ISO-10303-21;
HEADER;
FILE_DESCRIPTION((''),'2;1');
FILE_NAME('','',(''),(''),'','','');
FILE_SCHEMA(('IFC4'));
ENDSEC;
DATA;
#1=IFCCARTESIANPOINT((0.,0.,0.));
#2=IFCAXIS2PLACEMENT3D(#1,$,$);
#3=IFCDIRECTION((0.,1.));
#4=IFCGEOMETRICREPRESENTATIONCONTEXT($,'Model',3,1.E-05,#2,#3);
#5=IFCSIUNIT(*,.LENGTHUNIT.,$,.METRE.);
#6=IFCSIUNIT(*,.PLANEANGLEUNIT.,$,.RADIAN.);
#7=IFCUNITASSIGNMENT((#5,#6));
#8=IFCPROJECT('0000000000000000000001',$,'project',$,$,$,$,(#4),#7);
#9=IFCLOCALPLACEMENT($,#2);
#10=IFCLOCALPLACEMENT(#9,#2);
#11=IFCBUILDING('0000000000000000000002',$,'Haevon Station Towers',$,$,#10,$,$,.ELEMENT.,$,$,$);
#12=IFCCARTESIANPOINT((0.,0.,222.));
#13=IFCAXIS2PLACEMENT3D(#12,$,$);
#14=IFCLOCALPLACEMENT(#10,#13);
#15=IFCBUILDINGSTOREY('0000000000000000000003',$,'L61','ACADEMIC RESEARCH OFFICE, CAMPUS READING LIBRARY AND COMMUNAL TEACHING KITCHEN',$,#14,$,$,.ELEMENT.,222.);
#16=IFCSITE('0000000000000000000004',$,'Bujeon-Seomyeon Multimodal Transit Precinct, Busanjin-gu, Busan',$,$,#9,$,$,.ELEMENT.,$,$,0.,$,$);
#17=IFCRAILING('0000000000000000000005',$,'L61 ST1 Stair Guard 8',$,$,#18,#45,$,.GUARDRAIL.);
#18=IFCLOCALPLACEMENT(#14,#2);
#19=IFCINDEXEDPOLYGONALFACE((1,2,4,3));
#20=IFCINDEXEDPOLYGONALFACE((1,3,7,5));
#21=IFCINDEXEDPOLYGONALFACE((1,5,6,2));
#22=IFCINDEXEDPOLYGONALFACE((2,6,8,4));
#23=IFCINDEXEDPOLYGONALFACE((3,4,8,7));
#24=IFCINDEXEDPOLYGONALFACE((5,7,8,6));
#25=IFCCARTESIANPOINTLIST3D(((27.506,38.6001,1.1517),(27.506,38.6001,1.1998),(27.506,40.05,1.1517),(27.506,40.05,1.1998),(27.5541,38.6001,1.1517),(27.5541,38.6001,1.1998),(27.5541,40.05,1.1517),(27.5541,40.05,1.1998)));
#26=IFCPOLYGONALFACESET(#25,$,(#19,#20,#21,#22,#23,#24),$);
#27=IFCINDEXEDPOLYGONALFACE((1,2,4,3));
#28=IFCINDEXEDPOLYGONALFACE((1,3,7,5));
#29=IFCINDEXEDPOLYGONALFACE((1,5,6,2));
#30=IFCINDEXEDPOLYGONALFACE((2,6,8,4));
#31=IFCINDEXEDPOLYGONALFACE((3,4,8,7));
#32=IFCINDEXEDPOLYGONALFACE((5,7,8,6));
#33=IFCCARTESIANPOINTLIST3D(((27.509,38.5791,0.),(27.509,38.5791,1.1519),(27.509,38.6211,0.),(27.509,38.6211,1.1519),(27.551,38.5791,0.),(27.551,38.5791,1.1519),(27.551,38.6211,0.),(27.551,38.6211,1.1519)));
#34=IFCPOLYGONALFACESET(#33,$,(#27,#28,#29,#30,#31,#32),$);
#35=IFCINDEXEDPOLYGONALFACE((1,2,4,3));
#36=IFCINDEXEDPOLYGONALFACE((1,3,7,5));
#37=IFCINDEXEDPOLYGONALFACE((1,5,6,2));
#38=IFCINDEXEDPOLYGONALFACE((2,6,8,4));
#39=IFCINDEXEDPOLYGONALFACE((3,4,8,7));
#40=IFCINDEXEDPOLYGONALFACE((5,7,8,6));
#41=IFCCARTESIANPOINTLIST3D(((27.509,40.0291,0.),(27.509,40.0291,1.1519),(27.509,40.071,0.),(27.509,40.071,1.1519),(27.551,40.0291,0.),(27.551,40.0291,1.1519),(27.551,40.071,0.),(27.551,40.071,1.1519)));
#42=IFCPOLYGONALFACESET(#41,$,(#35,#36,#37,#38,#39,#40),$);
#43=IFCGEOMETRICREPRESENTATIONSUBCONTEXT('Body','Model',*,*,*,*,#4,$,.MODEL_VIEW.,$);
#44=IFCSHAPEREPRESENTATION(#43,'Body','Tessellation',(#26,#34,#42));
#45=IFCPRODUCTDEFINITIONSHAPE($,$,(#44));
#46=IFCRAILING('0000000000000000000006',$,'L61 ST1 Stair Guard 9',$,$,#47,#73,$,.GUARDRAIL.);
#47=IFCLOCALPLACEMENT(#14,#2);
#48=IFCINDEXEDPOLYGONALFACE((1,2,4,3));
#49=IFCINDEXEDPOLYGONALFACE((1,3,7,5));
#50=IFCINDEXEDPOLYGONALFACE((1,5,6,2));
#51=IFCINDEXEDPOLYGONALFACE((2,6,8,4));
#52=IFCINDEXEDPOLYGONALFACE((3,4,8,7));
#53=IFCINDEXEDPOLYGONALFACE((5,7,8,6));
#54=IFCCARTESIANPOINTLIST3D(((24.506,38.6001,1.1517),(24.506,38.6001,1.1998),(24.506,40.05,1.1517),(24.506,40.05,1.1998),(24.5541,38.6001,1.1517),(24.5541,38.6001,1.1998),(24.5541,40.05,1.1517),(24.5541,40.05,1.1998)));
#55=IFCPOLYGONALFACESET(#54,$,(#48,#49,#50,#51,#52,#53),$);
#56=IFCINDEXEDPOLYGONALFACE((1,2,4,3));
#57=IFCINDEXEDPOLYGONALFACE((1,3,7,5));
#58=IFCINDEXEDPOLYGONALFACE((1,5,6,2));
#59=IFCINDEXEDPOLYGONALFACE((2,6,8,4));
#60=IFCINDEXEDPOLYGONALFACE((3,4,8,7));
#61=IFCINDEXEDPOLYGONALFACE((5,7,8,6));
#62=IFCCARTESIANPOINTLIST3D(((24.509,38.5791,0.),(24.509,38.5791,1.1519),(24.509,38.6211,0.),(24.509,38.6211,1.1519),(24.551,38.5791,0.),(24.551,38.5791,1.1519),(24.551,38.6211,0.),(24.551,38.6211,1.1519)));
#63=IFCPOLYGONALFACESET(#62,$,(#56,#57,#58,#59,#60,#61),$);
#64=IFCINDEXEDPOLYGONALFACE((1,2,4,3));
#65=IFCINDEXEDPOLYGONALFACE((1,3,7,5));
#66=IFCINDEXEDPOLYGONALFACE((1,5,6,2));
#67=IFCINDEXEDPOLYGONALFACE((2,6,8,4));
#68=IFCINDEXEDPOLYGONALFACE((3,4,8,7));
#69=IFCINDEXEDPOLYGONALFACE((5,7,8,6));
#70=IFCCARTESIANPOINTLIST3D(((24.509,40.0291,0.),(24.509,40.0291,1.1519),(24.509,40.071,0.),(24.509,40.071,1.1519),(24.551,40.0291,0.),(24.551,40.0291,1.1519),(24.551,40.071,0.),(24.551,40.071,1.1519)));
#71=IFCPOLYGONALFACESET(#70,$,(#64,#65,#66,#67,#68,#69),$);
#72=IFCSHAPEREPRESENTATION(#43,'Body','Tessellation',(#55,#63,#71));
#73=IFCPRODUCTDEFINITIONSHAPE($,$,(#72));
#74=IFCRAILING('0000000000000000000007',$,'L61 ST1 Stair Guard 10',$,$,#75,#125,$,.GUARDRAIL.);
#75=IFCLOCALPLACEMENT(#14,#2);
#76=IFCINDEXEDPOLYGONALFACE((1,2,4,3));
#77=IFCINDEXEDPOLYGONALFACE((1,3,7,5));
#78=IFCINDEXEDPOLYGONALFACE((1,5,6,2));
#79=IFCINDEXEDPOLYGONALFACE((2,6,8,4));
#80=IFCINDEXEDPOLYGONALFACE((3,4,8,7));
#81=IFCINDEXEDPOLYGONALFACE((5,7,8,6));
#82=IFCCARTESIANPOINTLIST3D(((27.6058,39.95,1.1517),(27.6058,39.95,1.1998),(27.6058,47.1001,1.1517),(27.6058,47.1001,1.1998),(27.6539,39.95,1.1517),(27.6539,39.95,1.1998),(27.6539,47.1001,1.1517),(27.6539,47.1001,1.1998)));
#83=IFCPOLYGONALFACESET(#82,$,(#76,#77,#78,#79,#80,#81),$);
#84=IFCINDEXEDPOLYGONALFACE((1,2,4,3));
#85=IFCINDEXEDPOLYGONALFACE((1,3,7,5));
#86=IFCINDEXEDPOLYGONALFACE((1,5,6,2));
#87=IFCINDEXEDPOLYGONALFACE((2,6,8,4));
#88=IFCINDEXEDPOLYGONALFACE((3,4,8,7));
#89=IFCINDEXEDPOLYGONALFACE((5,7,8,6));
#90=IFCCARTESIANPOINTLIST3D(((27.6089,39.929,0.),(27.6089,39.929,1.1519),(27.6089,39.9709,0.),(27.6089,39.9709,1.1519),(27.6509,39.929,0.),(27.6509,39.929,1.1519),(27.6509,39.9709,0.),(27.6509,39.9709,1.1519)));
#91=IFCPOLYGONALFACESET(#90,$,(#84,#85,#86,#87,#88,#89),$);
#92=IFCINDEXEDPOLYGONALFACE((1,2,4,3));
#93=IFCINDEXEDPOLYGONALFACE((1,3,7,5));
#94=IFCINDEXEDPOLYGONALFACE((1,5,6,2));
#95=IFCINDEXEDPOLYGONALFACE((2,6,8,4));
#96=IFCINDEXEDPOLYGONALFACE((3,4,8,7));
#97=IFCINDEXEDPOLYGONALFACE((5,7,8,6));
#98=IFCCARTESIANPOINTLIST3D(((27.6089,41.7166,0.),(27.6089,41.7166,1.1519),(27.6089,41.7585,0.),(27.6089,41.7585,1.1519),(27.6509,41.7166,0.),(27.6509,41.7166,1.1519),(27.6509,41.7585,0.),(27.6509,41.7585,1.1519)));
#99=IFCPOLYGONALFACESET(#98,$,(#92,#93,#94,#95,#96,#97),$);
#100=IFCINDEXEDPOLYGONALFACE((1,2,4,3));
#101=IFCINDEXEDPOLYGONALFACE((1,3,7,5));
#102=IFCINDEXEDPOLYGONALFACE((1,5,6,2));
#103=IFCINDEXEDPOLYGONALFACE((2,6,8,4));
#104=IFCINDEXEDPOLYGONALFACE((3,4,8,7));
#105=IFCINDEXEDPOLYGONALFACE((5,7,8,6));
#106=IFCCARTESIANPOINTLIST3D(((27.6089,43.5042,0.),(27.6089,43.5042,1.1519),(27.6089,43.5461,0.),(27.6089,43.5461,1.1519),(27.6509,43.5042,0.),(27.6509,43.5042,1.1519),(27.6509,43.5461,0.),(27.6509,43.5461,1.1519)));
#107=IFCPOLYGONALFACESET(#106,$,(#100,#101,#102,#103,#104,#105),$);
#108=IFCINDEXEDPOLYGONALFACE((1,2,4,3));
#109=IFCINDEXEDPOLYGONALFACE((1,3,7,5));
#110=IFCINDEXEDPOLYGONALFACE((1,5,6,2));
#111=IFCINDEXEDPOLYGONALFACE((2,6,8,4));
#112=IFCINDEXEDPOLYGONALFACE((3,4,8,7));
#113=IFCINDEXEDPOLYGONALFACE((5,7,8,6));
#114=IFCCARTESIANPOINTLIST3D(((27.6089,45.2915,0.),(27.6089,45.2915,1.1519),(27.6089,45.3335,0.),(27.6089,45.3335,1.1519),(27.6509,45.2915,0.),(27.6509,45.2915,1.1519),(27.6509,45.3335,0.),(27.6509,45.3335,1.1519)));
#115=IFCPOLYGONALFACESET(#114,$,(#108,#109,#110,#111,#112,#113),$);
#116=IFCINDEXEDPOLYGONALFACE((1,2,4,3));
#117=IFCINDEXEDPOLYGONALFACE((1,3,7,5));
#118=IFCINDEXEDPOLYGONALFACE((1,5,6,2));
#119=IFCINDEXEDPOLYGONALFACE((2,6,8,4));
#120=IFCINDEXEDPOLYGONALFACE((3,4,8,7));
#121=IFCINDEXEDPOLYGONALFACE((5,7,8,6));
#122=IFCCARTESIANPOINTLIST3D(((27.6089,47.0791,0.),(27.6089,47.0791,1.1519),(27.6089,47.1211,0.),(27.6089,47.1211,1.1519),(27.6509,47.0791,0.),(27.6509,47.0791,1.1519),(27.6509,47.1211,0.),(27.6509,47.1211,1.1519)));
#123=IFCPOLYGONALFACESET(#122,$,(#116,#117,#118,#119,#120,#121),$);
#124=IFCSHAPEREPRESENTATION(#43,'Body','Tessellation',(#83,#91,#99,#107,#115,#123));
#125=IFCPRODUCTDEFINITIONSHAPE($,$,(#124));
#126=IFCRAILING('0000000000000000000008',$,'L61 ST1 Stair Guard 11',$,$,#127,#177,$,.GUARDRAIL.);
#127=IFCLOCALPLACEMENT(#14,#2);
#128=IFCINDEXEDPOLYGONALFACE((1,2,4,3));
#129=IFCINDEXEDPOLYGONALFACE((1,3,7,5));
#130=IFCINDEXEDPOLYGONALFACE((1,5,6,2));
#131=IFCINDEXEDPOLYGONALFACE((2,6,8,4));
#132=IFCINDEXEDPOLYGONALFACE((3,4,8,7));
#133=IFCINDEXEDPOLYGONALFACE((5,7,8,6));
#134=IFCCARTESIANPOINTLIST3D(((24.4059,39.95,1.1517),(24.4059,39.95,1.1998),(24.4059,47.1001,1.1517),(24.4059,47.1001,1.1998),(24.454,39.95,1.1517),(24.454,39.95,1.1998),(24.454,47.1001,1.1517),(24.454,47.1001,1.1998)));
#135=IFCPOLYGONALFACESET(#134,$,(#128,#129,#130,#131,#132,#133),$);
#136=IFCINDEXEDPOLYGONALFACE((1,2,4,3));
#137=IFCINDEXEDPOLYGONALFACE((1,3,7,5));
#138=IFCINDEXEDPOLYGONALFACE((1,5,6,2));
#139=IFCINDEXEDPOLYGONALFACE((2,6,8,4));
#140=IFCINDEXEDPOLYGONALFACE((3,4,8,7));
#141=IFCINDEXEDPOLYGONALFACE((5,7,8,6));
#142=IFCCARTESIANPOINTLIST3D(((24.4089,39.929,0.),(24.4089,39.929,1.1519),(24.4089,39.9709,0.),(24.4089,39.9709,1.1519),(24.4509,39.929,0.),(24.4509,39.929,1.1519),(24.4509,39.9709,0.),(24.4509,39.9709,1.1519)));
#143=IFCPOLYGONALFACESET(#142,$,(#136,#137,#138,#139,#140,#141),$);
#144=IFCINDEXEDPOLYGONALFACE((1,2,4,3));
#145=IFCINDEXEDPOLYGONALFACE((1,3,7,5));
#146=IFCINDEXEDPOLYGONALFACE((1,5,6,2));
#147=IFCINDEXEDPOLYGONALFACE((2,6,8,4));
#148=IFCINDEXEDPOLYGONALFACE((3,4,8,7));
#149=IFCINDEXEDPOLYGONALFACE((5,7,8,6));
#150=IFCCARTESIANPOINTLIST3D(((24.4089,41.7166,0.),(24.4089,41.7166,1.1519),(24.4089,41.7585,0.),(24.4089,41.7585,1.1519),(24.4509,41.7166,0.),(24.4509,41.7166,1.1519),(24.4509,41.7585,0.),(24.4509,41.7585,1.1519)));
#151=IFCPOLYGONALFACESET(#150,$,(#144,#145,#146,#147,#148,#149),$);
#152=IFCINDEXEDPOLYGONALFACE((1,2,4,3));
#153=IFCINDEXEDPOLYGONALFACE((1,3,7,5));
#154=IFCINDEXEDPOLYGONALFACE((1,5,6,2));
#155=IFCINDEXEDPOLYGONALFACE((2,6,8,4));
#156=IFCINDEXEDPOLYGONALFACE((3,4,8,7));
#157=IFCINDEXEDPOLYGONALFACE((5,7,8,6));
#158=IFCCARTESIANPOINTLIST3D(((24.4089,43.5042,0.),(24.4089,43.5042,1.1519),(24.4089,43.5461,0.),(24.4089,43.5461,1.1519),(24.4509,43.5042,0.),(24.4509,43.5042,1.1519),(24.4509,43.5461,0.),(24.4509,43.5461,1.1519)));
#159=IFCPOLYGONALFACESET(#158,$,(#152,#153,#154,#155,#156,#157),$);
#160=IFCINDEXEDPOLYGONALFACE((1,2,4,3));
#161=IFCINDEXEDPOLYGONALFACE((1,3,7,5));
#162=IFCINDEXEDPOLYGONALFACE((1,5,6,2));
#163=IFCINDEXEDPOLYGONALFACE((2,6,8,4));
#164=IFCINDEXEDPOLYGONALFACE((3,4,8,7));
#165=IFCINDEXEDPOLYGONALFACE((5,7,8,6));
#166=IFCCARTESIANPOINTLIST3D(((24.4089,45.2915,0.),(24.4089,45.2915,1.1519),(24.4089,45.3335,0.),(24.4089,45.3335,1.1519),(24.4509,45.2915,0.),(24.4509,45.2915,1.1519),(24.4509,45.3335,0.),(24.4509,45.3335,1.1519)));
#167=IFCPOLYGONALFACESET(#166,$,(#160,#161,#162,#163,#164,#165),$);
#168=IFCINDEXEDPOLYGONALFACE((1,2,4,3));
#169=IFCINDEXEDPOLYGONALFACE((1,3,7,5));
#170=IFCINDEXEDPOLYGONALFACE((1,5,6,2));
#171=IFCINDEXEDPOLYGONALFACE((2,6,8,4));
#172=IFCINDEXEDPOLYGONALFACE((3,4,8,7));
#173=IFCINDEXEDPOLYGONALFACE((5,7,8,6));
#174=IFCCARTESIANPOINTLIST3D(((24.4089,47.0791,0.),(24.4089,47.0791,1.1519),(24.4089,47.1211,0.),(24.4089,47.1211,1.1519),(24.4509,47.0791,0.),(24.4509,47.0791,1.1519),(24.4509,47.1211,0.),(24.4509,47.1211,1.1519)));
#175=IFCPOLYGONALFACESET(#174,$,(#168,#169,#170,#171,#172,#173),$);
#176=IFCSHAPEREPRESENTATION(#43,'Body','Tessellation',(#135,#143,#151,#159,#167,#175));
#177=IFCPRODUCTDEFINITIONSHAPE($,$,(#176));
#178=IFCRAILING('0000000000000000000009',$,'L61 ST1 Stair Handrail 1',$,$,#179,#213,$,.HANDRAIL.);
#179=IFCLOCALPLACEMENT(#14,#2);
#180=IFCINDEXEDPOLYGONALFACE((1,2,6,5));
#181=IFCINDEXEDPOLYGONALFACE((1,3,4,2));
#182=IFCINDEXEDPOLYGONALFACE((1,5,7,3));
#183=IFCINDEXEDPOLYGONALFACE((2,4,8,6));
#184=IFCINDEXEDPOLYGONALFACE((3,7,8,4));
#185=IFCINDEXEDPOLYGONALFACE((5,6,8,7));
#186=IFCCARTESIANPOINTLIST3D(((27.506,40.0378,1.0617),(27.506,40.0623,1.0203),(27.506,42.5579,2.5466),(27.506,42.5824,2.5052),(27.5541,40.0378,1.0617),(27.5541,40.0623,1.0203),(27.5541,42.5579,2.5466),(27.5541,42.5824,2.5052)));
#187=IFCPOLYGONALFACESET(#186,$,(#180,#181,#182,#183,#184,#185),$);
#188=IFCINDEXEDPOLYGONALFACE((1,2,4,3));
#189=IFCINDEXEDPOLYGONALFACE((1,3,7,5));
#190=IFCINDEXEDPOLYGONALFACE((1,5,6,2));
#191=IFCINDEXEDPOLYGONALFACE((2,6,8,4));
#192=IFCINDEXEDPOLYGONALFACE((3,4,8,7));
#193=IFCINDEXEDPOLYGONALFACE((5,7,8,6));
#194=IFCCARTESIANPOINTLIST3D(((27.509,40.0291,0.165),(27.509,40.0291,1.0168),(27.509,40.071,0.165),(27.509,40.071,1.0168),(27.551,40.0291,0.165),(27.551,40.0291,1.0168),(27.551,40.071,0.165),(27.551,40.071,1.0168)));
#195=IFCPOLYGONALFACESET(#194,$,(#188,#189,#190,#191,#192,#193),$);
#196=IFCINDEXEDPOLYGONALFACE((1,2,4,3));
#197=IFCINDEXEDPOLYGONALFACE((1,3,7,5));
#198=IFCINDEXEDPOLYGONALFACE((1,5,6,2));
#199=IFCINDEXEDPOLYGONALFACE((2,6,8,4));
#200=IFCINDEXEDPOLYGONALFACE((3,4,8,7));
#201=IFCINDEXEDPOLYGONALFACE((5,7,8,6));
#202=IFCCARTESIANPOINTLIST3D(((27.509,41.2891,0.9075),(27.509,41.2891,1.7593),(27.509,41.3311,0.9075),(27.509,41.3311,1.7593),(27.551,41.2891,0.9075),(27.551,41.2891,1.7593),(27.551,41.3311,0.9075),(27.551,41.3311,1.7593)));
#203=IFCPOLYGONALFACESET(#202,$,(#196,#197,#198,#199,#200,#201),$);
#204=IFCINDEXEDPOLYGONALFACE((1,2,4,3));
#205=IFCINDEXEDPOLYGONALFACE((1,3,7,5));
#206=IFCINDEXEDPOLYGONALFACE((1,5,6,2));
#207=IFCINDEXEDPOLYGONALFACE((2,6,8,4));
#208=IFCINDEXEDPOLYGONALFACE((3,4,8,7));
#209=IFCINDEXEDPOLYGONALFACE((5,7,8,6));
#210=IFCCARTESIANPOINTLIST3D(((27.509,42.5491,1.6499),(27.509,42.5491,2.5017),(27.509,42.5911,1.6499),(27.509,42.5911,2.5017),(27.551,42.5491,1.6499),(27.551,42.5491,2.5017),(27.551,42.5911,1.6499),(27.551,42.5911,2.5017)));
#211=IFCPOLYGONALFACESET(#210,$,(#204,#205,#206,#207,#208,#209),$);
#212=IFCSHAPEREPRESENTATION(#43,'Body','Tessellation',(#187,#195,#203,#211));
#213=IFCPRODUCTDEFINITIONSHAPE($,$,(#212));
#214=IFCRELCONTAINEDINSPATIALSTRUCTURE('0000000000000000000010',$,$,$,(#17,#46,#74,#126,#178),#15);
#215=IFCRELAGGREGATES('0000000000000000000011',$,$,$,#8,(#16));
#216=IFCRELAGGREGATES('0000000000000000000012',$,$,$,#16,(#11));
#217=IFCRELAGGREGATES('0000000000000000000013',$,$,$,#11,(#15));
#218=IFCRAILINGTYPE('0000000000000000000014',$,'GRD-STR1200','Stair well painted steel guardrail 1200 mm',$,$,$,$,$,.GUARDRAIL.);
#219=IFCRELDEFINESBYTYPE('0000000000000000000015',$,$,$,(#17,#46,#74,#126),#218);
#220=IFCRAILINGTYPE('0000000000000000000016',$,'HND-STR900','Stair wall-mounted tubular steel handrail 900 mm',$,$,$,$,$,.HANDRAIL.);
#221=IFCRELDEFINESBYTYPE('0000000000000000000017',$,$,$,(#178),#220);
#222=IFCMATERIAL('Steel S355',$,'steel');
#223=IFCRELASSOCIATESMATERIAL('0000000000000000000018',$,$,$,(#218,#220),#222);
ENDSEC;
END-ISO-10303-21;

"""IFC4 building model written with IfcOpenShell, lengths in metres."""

from ifc_helpers import new_model, si_unit, direction, frame, origin, origin_2d, place, context, subcontext, project, spatial, rectangle, extrude, material, type_object, element, save


model = new_model("IFC4")

# Units and contexts
model_context = context("Model", 3, precision=1e-05, world=origin(), true_north=direction((0.0, 1.0)))
body_context = subcontext(model_context, "Body", "Model", "MODEL_VIEW")
ifc_project = project(units=[si_unit("LENGTHUNIT", "METRE"), si_unit("PLANEANGLEUNIT", "RADIAN")], contexts=[model_context])

# Site, building, storey
site_placement = place(None, origin())
site = spatial("IfcSite", under=ifc_project, at=site_placement, Name="Bujeon-Seomyeon Multimodal Transit Precinct, Busanjin-gu, Busan", CompositionType="ELEMENT", RefElevation=0.0)
building_placement = place(site_placement, origin())
building = spatial("IfcBuilding", under=site, at=building_placement, Name="Haevon Station Towers", CompositionType="ELEMENT")
storey_placement = place(building_placement, frame((0.0, 0.0, 222.0)))
storey = spatial("IfcBuildingStorey", under=building, at=storey_placement, Name="L61", Description="ACADEMIC RESEARCH OFFICE, CAMPUS READING LIBRARY AND COMMUNAL TEACHING KITCHEN", CompositionType="ELEMENT", Elevation=222.0)

# Railings
ifc_material_1 = material(Name="Steel S355", Category="steel")
railing_type_1 = type_object("IfcRailingType", Name="GRD-STR1200", Description="Stair well painted steel guardrail 1200 mm", PredefinedType="GUARDRAIL", material=ifc_material_1)
for number, where, name in (
    (1, (27.53, 38.6001, 0.0), "L61 ST1 Stair Guard 8"),
    (2, (24.53, 38.6001, 0.0), "L61 ST1 Stair Guard 9"),
):
    element("IfcRailing", number, at=place(storey_placement, frame(where)), inside=storey, type_object=railing_type_1, Name=name, PredefinedType="GUARDRAIL", context=body_context, shape_type="SweptSolid", body=[
        extrude(rectangle(XDim=0.0481, YDim=0.0481, at=origin_2d()), frame((0.0, 0.0, 1.1758), z_axis=(0.0, 1.0, 0.0), x_axis=(-1.0, 0.0, 0.0)), (0.0, 0.0, 1.0), 1.45),
        extrude(rectangle(XDim=0.042, YDim=0.042, at=origin_2d()), origin(), (0.0, 0.0, 1.0), 1.1519),
        extrude(rectangle(XDim=0.042, YDim=0.042, at=origin_2d()), frame((0.0, 1.45, 0.0)), (0.0, 0.0, 1.0), 1.1519),
    ])
for number, where, name in (
    (3, (27.6299, 39.95, 0.0), "L61 ST1 Stair Guard 10"),
    (4, (24.4299, 39.95, 0.0), "L61 ST1 Stair Guard 11"),
):
    element("IfcRailing", number, at=place(storey_placement, frame(where)), inside=storey, type_object=railing_type_1, Name=name, PredefinedType="GUARDRAIL", context=body_context, shape_type="SweptSolid", body=[
        extrude(rectangle(XDim=0.0481, YDim=0.0481, at=origin_2d()), frame((0.0, 0.0, 1.1758), z_axis=(0.0, 1.0, 0.0), x_axis=(-1.0, 0.0, 0.0)), (0.0, 0.0, 1.0), 7.1501),
        extrude(rectangle(XDim=0.042, YDim=0.042, at=origin_2d()), origin(), (0.0, 0.0, 1.0), 1.1519),
        extrude(rectangle(XDim=0.042, YDim=0.042, at=origin_2d()), frame((0.0, 1.7876, 0.0)), (0.0, 0.0, 1.0), 1.1519),
        extrude(rectangle(XDim=0.042, YDim=0.042, at=origin_2d()), frame((0.0, 3.5752, 0.0)), (0.0, 0.0, 1.0), 1.1519),
        extrude(rectangle(XDim=0.042, YDim=0.042, at=origin_2d()), frame((0.0, 5.3625, 0.0)), (0.0, 0.0, 1.0), 1.1519),
        extrude(rectangle(XDim=0.042, YDim=0.042, at=origin_2d()), frame((0.0, 7.1501, 0.0)), (0.0, 0.0, 1.0), 1.1519),
    ])
railing_type_2 = type_object("IfcRailingType", Name="HND-STR900", Description="Stair wall-mounted tubular steel handrail 900 mm", PredefinedType="HANDRAIL", material=ifc_material_1)
railing_1_placement = place(storey_placement, frame((27.53, 40.05, 0.165)))
element("IfcRailing", 5, at=railing_1_placement, inside=storey, type_object=railing_type_2, Name="L61 ST1 Stair Handrail 1", PredefinedType="HANDRAIL", context=body_context, shape_type="SweptSolid", body=[
    extrude(rectangle(XDim=0.0481, YDim=0.0481, at=origin_2d()), frame((0.0, 0.0, 0.876), z_axis=(0.0, 0.861561, 0.507655), x_axis=(-1.0, 0.0, 0.0)), (0.0, 0.0, 1.0), 2.925),
    extrude(rectangle(XDim=0.042, YDim=0.042, at=origin_2d()), origin(), (0.0, 0.0, 1.0), 0.8518),
    extrude(rectangle(XDim=0.042, YDim=0.042, at=origin_2d()), frame((0.0, 1.26, 0.7424)), (0.0, 0.0, 1.0), 0.8518),
    extrude(rectangle(XDim=0.042, YDim=0.042, at=origin_2d()), frame((0.0, 2.52, 1.4849)), (0.0, 0.0, 1.0), 0.8518),
])

save(model, "model.ifc")
